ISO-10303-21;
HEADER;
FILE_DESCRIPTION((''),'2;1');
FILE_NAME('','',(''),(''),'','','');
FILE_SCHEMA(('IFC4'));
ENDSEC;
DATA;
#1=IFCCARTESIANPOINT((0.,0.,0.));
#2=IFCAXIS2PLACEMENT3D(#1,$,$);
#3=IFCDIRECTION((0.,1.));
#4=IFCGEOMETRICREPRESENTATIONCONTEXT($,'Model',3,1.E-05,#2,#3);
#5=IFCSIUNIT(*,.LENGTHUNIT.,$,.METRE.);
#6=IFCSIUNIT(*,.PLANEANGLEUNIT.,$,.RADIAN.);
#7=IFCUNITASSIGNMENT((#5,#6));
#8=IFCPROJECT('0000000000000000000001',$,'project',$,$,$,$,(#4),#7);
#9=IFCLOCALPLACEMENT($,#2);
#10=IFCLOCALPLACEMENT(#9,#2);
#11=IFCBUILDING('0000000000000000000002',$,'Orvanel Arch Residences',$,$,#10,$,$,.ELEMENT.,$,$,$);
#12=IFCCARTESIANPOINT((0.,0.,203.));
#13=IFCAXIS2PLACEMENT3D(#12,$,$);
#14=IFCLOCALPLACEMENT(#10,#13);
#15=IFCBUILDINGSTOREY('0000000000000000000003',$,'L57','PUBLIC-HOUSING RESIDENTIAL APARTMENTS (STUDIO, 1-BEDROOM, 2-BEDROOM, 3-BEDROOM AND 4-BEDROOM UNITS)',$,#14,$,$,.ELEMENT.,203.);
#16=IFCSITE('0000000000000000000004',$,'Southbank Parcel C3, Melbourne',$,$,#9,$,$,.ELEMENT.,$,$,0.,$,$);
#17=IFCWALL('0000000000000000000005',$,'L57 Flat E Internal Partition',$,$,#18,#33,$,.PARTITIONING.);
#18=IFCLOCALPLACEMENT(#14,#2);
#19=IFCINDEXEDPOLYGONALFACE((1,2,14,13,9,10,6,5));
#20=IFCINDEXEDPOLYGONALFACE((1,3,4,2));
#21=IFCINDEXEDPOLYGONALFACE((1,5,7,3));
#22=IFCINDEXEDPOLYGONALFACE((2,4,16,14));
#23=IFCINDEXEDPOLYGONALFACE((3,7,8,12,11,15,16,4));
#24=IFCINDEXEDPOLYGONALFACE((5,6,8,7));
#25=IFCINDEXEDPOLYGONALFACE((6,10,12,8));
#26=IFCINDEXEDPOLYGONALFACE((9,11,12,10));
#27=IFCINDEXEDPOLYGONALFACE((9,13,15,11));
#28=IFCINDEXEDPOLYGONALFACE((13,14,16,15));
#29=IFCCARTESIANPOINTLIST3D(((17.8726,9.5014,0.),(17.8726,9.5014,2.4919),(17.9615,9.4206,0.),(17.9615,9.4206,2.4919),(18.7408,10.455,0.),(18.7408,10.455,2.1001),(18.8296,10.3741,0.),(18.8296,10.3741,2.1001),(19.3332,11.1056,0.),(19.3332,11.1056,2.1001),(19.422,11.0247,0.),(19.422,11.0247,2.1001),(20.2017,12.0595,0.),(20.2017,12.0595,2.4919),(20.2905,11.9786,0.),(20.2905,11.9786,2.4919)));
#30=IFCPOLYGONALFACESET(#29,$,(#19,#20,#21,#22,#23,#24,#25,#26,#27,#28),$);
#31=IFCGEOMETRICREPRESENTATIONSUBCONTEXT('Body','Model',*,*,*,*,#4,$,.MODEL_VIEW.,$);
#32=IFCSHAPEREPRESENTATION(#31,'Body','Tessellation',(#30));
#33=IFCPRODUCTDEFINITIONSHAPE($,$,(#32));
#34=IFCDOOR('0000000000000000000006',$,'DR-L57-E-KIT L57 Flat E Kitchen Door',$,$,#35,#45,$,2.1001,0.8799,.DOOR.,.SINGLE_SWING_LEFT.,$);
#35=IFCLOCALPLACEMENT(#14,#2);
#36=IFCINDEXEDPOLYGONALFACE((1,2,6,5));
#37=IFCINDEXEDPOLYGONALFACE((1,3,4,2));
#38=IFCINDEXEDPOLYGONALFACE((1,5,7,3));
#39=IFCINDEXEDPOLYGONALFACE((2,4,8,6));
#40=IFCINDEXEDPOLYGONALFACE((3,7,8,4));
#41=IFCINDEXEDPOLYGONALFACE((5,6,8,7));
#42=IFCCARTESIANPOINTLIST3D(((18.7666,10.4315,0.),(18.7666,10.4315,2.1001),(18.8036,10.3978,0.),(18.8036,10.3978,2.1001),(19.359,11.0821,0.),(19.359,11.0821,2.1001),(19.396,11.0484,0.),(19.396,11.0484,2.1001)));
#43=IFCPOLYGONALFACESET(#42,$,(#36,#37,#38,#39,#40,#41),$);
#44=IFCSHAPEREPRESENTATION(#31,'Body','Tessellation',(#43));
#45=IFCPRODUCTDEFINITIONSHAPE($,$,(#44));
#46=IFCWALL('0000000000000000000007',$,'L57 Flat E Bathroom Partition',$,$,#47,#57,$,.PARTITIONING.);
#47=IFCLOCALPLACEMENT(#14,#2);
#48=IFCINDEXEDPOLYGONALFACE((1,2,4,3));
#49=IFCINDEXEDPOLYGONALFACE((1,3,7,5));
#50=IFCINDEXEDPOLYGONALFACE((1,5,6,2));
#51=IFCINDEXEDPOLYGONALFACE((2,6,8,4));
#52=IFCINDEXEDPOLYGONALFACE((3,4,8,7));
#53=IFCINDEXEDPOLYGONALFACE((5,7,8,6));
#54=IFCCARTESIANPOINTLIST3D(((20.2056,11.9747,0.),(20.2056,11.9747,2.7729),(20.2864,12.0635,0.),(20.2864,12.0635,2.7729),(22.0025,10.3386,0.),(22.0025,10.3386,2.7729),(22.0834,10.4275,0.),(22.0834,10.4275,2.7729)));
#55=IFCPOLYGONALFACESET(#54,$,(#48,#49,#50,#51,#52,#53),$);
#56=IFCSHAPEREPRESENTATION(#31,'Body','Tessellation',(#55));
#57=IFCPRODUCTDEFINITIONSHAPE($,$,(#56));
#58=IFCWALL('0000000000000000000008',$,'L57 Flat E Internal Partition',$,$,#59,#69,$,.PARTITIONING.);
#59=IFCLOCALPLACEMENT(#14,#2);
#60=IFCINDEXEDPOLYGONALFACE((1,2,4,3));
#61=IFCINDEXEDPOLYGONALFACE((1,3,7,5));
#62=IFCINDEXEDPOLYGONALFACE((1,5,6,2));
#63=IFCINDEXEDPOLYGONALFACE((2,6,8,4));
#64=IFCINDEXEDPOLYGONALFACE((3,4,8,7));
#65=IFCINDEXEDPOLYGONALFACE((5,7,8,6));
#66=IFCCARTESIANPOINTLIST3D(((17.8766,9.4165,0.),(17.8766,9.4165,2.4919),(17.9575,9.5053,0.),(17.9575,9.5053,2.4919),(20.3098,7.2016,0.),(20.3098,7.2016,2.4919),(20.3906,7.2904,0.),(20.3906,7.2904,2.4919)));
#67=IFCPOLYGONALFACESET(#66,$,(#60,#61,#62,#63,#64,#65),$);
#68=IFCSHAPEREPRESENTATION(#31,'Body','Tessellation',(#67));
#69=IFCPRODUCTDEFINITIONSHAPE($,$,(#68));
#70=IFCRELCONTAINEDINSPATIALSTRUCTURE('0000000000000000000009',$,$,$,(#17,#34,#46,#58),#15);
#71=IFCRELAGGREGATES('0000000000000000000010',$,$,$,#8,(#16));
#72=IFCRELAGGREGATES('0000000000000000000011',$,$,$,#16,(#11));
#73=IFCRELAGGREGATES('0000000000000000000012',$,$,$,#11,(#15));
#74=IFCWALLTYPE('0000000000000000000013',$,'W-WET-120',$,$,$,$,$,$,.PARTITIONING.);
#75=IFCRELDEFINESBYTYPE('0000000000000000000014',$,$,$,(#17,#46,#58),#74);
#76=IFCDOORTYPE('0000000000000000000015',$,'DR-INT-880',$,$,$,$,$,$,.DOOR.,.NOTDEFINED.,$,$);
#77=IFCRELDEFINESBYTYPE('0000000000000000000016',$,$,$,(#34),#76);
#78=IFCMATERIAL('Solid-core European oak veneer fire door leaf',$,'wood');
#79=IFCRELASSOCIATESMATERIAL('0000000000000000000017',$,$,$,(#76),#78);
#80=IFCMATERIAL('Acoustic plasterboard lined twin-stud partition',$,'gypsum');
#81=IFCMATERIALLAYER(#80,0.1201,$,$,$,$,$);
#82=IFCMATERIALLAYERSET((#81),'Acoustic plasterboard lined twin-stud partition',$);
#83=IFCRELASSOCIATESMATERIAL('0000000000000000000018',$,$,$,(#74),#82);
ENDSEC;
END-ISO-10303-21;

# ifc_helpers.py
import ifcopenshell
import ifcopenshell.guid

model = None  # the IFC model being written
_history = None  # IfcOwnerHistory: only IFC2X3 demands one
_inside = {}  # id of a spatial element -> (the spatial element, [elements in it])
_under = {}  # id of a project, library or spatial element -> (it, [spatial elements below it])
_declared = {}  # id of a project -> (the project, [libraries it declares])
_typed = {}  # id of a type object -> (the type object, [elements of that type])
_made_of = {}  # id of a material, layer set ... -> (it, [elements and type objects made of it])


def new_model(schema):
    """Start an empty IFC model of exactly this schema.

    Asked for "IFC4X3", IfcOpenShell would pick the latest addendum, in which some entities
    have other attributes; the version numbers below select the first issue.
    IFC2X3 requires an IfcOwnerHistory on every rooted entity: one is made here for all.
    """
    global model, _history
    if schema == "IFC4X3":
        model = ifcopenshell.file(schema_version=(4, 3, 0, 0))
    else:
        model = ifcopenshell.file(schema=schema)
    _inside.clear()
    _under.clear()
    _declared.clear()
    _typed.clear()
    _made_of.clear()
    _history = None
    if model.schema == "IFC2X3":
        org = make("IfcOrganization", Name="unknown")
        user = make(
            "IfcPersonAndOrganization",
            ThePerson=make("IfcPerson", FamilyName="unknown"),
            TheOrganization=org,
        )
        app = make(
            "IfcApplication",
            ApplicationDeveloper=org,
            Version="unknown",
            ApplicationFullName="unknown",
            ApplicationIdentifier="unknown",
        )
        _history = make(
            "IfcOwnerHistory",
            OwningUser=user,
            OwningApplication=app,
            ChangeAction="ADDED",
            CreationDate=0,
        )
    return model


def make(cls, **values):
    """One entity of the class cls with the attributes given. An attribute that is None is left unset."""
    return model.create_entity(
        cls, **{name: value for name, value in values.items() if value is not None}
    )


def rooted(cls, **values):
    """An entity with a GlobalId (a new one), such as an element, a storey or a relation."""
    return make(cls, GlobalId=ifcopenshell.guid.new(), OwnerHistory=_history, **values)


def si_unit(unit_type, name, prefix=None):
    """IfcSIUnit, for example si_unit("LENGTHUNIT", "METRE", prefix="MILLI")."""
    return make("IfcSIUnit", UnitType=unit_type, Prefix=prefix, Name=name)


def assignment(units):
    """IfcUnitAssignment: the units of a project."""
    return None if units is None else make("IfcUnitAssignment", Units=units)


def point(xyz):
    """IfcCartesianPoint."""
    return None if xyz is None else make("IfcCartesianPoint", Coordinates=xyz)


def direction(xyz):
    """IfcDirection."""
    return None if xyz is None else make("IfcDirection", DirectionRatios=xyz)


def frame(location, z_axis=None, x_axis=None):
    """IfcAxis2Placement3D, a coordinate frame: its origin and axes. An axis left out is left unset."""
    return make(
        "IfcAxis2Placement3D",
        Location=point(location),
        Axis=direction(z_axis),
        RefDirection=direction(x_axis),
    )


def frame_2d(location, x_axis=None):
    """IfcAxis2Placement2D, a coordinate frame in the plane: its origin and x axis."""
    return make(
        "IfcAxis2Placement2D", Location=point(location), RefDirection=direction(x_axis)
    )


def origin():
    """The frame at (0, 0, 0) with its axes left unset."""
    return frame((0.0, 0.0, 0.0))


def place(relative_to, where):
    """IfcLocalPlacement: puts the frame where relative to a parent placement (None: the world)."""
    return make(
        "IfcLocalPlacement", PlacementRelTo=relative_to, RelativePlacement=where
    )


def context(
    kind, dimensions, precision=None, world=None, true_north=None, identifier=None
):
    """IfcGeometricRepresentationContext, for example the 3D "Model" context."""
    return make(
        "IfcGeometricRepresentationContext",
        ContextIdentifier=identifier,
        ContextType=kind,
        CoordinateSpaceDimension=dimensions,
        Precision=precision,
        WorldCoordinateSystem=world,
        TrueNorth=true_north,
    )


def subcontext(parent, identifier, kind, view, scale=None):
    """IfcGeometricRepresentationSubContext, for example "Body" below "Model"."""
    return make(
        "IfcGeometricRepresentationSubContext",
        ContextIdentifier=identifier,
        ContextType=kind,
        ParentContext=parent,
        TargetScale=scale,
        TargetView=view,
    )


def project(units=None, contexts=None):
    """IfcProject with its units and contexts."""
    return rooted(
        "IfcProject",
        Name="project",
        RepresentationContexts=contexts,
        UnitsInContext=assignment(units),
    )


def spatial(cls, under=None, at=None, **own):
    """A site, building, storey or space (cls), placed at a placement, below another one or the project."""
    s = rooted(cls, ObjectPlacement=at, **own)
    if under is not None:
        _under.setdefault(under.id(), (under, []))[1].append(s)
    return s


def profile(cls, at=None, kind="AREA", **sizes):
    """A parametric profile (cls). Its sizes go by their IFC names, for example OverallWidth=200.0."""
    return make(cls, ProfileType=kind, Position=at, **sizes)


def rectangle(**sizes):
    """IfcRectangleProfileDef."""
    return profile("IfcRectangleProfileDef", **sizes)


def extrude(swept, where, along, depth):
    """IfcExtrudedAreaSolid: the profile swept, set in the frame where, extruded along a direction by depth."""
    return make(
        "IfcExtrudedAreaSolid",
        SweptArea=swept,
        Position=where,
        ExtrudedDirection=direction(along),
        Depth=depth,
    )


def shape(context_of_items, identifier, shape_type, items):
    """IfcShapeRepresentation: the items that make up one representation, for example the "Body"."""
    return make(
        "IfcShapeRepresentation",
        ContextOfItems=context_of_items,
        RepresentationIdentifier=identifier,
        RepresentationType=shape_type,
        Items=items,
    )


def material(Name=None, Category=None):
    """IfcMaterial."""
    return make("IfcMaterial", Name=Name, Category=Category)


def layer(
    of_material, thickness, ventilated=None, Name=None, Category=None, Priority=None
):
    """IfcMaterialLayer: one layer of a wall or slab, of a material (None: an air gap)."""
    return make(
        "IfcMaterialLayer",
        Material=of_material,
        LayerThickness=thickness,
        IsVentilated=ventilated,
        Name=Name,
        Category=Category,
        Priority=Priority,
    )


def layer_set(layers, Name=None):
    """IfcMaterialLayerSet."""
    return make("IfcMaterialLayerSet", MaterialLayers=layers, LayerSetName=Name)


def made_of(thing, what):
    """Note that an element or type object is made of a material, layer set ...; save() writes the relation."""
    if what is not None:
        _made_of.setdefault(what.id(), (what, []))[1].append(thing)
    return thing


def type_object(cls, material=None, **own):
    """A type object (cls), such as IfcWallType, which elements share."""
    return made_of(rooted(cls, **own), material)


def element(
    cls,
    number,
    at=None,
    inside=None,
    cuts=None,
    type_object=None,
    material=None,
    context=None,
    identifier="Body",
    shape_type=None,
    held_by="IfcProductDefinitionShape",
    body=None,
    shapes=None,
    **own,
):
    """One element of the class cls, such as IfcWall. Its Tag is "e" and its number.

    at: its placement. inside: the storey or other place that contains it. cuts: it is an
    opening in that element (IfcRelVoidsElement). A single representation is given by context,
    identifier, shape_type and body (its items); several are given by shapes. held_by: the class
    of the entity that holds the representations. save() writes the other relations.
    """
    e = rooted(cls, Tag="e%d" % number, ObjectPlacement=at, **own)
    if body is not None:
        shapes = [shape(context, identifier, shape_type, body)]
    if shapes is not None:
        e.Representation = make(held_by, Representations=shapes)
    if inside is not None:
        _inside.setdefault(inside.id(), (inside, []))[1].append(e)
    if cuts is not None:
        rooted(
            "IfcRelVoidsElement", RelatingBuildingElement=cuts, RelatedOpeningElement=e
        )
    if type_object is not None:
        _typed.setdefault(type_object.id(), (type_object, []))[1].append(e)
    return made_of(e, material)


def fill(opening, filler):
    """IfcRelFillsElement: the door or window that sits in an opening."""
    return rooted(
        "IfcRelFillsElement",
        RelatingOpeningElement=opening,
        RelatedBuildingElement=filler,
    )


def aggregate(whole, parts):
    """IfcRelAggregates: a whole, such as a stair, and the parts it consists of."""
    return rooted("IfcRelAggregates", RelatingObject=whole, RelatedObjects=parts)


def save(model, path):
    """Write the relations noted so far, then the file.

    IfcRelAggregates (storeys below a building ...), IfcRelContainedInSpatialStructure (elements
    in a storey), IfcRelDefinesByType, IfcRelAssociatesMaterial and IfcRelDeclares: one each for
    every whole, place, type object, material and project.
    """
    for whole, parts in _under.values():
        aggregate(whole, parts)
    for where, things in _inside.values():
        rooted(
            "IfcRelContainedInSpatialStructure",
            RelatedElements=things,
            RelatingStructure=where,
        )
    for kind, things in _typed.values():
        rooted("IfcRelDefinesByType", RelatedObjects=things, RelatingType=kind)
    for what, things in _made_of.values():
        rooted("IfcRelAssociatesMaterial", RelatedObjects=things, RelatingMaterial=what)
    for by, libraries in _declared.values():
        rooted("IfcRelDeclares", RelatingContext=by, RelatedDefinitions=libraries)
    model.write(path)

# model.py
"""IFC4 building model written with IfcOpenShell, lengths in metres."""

from ifc_helpers import new_model, si_unit, direction, frame, frame_2d, origin, place, context, subcontext, project, spatial, rectangle, extrude, material, layer, layer_set, type_object, element, fill, save


model = new_model("IFC4")

# Units and contexts
model_context = context("Model", 3, precision=1e-05, world=origin(), true_north=direction((0.0, 1.0)))
body_context = subcontext(model_context, "Body", "Model", "MODEL_VIEW")
ifc_project = project(units=[si_unit("LENGTHUNIT", "METRE"), si_unit("PLANEANGLEUNIT", "RADIAN")], contexts=[model_context])

# Site, building, storey
site_placement = place(None, origin())
site = spatial("IfcSite", under=ifc_project, at=site_placement, Name="Southbank Parcel C3, Melbourne", CompositionType="ELEMENT", RefElevation=0.0)
building_placement = place(site_placement, origin())
building = spatial("IfcBuilding", under=site, at=building_placement, Name="Orvanel Arch Residences", CompositionType="ELEMENT")
storey_placement = place(building_placement, frame((0.0, 0.0, 203.0)))
storey = spatial("IfcBuildingStorey", under=building, at=storey_placement, Name="L57", Description="PUBLIC-HOUSING RESIDENTIAL APARTMENTS (STUDIO, 1-BEDROOM, 2-BEDROOM, 3-BEDROOM AND 4-BEDROOM UNITS)", CompositionType="ELEMENT", Elevation=203.0)

# Shared definitions
ifc_material_1 = material(Name="Solid-core European oak veneer fire door leaf", Category="wood")

# Shared definitions
door_type_1 = type_object("IfcDoorType", Name="DR-INT-880", OperationType="NOTDEFINED", PredefinedType="DOOR", material=ifc_material_1)

# Shared definitions
ifc_material_2 = material(Name="Acoustic plasterboard lined twin-stud partition", Category="gypsum")

# Shared definitions
ifc_layer_1 = layer(ifc_material_2, 0.1201)
ifc_layer_set_1 = layer_set([ifc_layer_1], Name="Acoustic plasterboard lined twin-stud partition")
wall_type_1 = type_object("IfcWallType", Name="W-WET-120", PredefinedType="PARTITIONING", material=ifc_layer_set_1)

# Wall, opening, door
wall_1_placement = place(storey_placement, frame((20.2461, 12.019, 0.0), z_axis=(0.0, 0.0, 1.0), x_axis=(-0.673235, -0.739429, 0.0)))
wall_1 = element("IfcWall", 1, at=wall_1_placement, inside=storey, type_object=wall_type_1, Name="L57 Flat E Internal Partition", PredefinedType="PARTITIONING", context=body_context, shape_type="SweptSolid", body=[
    extrude(rectangle(XDim=3.4595, YDim=0.1201, at=frame_2d((1.7297, 0.0))), origin(), (0.0, 0.0, 1.0), 2.4919),
])
opening_1_placement = place(wall_1_placement, frame((1.29, 0.0, 0.0)))
opening_1 = element("IfcOpeningElement", 2, at=opening_1_placement, cuts=wall_1, PredefinedType="OPENING", context=body_context, shape_type="SweptSolid", body=[
    extrude(rectangle(XDim=0.8799, YDim=2.1001, at=frame_2d((0.4399, 1.05))), frame((0.0, 0.0701, 0.0), z_axis=(0.0, -1.0, 0.0), x_axis=(1.0, 0.0, 0.0)), (0.0, 0.0, 1.0), 0.1401),
])
door_1_placement = place(opening_1_placement, origin())
door_1 = element("IfcDoor", 3, at=door_1_placement, inside=storey, type_object=door_type_1, Name="DR-L57-E-KIT L57 Flat E Kitchen Door", OperationType="SINGLE_SWING_LEFT", OverallHeight=2.1001, OverallWidth=0.8799, PredefinedType="DOOR", context=body_context, shape_type="SweptSolid", body=[
    extrude(rectangle(XDim=0.8799, YDim=2.1001, at=frame_2d((0.4399, 1.05))), frame((0.0, 0.0249, 0.0), z_axis=(0.0, -1.0, 0.0), x_axis=(1.0, 0.0, 0.0)), (0.0, 0.0, 1.0), 0.05),
])
fill(opening_1, door_1)

# Walls
wall_2_placement = place(storey_placement, frame((22.043, 10.3831, 0.0), z_axis=(0.0, 0.0, 1.0), x_axis=(-0.739435, 0.673228, 0.0)))
element("IfcWall", 4, at=wall_2_placement, inside=storey, type_object=wall_type_1, Name="L57 Flat E Bathroom Partition", PredefinedType="PARTITIONING", context=body_context, shape_type="SweptSolid", body=[
    extrude(rectangle(XDim=2.4302, YDim=0.1201, at=frame_2d((1.2151, 0.0))), origin(), (0.0, 0.0, 1.0), 2.7729),
])
wall_3_placement = place(storey_placement, frame((20.3501, 7.2461, 0.0), z_axis=(0.0, 0.0, 1.0), x_axis=(-0.739497, 0.67316, 0.0)))
element("IfcWall", 5, at=wall_3_placement, inside=storey, type_object=wall_type_1, Name="L57 Flat E Internal Partition", PredefinedType="PARTITIONING", context=body_context, shape_type="SweptSolid", body=[
    extrude(rectangle(XDim=3.2903, YDim=0.1201, at=frame_2d((1.645, 0.0))), origin(), (0.0, 0.0, 1.0), 2.4919),
])

save(model, "model.ifc")
